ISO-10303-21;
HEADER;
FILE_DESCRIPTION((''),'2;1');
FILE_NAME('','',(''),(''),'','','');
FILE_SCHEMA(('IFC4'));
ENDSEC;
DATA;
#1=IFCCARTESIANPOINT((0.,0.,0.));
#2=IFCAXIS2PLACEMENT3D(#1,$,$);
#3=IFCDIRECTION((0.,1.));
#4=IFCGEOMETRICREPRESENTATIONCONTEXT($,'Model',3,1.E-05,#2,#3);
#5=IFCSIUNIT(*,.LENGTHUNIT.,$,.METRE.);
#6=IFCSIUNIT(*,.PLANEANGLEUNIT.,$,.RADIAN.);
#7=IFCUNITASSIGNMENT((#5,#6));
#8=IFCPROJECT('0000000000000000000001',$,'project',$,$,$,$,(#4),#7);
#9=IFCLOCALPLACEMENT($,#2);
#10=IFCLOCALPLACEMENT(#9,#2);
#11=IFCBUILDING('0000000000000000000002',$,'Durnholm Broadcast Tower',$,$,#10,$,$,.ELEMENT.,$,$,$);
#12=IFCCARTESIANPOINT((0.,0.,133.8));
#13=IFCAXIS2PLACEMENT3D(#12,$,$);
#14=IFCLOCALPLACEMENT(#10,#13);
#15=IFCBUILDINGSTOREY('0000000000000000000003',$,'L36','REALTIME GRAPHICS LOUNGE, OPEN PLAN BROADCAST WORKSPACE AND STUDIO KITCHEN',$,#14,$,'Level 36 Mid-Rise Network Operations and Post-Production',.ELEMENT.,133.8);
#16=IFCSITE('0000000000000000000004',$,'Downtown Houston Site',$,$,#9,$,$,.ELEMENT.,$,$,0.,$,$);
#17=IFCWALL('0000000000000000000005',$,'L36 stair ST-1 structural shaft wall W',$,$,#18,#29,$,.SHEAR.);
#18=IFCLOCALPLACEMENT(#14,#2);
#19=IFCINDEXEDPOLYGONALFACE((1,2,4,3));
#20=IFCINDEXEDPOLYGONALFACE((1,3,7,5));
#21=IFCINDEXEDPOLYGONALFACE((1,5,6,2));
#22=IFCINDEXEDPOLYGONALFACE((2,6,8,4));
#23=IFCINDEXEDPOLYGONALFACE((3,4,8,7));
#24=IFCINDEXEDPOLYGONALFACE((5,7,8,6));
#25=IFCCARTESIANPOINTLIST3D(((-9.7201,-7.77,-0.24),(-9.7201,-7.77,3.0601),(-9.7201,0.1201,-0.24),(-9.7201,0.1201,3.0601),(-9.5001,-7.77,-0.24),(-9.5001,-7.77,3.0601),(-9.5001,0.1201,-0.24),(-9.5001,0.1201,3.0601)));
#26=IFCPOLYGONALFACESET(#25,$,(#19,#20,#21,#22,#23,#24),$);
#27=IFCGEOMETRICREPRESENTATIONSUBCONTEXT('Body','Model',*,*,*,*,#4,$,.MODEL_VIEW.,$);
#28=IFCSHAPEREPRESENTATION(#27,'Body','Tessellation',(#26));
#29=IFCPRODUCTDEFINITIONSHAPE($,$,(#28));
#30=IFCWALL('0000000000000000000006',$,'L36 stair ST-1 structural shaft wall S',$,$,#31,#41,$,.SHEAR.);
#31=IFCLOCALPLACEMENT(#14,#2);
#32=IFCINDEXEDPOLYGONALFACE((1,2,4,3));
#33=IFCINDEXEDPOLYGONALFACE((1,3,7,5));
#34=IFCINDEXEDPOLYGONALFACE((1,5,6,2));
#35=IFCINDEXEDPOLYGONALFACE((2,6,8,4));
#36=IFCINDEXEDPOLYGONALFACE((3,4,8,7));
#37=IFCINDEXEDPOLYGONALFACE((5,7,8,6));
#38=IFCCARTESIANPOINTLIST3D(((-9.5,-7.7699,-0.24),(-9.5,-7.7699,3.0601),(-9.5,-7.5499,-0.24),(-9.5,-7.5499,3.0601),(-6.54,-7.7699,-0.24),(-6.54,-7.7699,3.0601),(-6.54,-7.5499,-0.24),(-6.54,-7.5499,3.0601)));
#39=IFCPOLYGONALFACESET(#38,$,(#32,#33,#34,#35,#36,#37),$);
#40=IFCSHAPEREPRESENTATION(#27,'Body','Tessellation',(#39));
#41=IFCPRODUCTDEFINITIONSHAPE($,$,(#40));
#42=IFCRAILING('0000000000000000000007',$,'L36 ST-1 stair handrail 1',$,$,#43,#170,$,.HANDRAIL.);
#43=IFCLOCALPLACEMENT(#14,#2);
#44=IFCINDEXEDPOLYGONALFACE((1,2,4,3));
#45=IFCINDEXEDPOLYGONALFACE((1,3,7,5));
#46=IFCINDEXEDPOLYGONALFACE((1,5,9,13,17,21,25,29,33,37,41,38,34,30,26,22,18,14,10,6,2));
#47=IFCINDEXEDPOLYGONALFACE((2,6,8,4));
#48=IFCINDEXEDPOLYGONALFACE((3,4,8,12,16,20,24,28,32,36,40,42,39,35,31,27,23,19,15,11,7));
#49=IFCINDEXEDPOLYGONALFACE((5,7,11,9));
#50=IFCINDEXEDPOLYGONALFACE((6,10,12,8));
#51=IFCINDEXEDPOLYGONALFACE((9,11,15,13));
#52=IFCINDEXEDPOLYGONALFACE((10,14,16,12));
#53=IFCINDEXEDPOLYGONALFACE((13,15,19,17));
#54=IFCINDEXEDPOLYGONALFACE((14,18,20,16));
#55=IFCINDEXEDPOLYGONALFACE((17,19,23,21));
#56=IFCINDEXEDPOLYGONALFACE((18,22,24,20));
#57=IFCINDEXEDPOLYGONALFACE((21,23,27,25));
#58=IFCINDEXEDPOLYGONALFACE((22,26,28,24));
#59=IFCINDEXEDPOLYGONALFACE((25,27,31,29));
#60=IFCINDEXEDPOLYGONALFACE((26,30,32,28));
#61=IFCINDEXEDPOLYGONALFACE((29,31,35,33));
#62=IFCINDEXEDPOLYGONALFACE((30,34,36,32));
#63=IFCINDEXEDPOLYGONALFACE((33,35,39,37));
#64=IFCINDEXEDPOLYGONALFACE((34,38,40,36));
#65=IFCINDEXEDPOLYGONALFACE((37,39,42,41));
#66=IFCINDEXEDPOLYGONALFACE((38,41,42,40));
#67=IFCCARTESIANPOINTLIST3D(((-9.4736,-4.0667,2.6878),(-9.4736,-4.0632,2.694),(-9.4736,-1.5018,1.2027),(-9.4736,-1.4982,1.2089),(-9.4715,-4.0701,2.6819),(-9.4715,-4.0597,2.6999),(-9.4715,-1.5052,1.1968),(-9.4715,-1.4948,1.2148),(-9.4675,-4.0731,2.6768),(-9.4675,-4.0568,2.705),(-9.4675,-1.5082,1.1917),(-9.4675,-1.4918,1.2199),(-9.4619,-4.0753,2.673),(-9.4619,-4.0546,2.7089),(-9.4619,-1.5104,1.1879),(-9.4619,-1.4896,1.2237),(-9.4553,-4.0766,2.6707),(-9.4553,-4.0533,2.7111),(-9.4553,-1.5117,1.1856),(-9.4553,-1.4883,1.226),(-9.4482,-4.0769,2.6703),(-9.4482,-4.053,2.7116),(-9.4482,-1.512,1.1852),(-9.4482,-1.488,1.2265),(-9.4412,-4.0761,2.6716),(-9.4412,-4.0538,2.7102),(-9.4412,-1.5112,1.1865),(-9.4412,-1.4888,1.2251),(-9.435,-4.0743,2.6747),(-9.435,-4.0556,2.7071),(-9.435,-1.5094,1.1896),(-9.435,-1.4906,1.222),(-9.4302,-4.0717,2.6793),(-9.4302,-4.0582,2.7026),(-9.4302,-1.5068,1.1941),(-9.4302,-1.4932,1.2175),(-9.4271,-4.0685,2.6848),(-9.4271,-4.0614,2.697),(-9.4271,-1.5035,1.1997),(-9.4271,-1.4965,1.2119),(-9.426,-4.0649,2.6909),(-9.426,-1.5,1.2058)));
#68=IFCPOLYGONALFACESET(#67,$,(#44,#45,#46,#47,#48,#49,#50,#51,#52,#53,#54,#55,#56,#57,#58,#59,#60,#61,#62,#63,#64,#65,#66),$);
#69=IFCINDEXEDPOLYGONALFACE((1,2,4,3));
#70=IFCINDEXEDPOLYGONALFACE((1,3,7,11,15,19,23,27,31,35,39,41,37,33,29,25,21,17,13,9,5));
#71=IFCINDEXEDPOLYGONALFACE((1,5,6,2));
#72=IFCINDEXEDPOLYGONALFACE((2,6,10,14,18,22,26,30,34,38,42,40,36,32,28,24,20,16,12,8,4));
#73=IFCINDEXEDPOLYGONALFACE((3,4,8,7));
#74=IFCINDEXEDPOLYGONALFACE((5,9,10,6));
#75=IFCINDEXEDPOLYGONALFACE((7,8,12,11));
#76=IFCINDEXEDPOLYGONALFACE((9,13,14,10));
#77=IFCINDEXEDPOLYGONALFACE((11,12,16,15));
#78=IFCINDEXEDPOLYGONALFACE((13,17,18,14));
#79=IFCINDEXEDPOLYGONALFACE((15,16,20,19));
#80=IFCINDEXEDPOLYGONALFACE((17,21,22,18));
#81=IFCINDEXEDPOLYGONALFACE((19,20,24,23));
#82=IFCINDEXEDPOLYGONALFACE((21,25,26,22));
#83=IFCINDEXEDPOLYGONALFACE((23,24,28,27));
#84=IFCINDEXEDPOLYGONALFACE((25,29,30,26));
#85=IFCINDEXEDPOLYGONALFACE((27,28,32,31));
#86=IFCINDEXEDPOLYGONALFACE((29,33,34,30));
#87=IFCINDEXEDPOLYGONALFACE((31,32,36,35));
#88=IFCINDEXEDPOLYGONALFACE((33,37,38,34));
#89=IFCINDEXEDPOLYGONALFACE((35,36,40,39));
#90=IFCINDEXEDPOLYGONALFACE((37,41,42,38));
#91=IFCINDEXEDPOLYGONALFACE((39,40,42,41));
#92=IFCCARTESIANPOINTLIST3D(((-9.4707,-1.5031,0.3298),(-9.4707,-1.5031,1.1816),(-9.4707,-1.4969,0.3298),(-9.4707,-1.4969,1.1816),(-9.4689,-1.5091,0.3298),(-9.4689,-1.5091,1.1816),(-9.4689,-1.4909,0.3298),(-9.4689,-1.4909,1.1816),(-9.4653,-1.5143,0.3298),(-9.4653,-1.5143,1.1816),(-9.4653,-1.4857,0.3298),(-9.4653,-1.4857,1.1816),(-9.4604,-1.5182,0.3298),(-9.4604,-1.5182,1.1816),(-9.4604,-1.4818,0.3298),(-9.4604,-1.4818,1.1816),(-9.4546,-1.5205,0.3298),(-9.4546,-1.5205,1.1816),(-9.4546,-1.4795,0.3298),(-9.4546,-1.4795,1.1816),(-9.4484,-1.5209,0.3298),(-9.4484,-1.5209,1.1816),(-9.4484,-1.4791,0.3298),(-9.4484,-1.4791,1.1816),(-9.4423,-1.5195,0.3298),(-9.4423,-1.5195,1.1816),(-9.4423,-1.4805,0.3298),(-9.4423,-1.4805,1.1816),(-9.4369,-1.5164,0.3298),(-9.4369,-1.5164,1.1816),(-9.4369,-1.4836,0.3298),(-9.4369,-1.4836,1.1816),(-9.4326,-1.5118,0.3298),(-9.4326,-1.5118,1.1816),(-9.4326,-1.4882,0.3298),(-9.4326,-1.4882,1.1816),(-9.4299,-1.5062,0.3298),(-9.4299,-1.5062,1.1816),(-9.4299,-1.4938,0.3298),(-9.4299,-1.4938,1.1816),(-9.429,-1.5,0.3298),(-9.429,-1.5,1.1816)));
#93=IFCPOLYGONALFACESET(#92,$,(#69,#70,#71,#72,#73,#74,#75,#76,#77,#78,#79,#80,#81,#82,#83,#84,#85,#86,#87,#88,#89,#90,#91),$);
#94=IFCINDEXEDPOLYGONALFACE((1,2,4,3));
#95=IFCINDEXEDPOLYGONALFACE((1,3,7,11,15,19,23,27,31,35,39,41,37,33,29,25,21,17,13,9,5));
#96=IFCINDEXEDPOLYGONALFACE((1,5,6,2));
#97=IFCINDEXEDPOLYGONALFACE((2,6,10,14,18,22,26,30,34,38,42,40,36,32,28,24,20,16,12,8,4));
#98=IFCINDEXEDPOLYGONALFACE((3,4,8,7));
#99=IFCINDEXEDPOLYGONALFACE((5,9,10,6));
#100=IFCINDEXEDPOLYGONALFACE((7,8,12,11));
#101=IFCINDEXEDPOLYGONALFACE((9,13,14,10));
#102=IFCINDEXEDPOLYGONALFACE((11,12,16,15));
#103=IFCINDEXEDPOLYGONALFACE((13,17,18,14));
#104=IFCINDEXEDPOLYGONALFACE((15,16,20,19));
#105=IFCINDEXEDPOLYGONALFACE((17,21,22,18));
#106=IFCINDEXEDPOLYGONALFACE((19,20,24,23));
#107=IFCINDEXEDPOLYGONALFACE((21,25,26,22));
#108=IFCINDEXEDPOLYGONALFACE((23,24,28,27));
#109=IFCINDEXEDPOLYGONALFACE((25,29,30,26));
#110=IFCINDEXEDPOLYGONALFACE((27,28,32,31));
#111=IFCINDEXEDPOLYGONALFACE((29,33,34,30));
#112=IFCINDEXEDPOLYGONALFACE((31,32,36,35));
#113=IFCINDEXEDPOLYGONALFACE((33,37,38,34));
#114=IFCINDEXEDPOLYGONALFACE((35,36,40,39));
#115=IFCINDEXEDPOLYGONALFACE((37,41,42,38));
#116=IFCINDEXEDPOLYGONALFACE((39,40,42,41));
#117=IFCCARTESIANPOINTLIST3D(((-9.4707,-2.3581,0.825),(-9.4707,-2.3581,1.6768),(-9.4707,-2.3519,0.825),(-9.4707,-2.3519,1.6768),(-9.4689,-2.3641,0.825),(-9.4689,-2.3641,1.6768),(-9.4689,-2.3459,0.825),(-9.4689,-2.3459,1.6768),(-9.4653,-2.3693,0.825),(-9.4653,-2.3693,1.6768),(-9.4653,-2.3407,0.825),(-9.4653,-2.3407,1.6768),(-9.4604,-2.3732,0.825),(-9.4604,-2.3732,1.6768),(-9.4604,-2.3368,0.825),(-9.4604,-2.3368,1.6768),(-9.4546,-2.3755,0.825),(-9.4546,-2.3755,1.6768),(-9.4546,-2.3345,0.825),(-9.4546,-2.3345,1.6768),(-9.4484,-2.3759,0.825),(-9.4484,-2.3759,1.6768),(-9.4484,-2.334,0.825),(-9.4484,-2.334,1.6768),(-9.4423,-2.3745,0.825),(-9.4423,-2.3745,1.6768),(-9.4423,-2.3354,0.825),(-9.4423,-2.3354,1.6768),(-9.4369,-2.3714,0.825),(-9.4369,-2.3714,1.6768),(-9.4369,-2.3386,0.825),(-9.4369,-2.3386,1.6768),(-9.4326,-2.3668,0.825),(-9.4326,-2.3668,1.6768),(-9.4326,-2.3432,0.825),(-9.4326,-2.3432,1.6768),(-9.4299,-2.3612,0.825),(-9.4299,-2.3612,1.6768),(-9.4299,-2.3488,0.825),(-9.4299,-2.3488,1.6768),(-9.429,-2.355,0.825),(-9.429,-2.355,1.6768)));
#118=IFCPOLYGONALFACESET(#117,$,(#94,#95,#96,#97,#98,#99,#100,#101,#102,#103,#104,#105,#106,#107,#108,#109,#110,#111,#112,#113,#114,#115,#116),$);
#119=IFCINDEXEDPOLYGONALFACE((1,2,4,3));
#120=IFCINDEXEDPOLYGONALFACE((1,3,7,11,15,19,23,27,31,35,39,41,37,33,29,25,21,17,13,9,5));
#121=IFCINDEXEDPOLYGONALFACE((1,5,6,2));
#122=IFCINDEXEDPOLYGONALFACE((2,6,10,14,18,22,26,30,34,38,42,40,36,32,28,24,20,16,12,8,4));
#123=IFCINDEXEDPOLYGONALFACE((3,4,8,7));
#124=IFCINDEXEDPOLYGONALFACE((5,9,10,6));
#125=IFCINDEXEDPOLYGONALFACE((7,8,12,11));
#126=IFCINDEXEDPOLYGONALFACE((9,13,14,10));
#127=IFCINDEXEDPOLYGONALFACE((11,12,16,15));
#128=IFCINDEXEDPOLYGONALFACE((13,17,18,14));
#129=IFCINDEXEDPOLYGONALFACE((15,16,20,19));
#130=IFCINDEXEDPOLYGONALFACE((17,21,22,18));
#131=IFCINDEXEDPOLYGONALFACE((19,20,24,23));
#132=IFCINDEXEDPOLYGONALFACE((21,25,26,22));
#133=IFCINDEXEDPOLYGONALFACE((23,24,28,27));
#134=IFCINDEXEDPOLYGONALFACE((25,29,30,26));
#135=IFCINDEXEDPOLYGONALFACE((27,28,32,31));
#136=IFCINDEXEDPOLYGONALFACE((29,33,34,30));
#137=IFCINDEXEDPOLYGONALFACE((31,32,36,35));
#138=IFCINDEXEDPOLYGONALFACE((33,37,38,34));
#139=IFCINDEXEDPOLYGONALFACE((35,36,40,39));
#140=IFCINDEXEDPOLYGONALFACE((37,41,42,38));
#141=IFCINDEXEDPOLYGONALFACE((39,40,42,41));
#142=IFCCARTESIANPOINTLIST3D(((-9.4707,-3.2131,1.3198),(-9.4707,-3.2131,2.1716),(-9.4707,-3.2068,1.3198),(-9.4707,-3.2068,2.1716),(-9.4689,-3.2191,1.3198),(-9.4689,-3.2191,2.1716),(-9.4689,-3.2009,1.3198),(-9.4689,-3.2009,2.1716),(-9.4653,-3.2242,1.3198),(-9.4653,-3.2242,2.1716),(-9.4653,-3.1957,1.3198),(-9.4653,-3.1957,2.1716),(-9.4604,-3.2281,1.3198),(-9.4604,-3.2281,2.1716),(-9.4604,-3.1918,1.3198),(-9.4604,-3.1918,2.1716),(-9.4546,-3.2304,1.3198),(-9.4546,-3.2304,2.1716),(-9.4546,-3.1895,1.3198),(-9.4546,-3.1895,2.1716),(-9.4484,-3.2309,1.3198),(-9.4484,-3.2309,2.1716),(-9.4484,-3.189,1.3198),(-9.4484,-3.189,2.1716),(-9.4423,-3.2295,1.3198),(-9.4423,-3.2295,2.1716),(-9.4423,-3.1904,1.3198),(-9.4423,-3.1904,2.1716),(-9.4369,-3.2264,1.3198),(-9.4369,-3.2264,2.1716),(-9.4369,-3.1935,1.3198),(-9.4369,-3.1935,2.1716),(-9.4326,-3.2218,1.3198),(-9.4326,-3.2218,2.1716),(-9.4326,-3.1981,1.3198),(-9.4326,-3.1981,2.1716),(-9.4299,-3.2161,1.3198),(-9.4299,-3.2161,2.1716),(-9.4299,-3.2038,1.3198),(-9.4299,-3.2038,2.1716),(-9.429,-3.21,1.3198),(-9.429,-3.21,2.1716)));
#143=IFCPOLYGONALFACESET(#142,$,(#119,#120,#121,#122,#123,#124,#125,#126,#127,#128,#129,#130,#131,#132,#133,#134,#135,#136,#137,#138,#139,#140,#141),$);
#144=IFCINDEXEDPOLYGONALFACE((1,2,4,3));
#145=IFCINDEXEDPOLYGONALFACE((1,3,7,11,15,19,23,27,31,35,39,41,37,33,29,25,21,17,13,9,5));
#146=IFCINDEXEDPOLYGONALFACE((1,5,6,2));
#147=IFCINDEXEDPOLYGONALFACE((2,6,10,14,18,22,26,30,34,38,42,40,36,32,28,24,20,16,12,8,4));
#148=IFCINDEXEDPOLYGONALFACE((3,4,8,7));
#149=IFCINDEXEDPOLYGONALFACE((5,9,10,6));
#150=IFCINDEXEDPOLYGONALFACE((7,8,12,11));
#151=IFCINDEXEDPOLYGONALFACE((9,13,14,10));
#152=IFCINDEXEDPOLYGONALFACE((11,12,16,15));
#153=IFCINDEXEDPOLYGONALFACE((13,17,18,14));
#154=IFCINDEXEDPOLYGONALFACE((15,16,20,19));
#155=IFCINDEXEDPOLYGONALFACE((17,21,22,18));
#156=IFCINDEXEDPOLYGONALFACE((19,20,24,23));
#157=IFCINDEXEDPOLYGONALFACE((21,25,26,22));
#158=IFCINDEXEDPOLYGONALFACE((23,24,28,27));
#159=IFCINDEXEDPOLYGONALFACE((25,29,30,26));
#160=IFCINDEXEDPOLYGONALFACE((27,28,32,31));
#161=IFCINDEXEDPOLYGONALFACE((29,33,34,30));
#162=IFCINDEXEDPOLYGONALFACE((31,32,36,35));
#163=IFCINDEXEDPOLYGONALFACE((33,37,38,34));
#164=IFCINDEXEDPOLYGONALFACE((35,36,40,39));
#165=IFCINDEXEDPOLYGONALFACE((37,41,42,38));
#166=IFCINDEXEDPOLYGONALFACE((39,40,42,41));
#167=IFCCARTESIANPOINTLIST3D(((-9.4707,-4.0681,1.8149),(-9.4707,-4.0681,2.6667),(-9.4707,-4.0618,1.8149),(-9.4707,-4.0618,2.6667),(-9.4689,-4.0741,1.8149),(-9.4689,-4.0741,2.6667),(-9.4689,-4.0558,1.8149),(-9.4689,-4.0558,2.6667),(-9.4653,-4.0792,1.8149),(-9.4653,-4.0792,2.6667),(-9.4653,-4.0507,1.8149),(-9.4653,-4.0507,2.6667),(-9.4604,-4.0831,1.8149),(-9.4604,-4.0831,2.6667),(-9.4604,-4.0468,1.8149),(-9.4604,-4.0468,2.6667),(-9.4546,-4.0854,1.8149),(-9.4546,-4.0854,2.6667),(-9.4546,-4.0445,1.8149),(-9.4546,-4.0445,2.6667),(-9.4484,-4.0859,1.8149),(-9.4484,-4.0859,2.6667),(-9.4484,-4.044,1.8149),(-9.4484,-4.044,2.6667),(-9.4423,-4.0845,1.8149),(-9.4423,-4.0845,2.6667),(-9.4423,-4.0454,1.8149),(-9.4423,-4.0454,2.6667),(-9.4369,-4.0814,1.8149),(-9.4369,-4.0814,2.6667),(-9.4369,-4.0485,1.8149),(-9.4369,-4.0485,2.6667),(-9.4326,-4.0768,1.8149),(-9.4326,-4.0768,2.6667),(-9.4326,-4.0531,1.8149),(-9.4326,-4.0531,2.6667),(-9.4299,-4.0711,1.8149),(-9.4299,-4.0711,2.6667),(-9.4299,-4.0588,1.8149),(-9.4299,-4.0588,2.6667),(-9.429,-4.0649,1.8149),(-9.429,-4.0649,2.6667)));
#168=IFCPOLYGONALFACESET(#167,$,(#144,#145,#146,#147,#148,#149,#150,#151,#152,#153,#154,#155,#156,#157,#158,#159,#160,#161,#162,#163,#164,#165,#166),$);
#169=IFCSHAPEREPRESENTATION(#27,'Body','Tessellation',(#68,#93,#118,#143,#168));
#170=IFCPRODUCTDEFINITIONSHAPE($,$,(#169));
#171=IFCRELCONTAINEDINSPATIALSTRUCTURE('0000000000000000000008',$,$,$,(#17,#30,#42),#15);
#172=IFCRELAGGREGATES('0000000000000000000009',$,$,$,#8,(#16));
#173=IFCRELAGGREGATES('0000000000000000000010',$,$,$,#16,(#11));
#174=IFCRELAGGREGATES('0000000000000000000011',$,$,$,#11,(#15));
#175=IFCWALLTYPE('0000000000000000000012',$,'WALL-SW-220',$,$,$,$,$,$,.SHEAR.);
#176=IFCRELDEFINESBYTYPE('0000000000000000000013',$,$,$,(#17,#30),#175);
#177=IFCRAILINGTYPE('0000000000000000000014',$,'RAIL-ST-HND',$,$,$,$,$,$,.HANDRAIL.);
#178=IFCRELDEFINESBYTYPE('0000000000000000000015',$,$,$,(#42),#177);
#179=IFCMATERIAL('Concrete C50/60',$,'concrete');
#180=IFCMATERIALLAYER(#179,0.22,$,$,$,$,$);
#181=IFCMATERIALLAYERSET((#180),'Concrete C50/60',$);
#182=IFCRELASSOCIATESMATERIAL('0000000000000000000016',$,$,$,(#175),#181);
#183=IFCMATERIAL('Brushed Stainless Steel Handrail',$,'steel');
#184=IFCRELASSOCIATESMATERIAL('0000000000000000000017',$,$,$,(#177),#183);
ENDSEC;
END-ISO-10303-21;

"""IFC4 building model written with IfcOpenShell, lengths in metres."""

from ifc_helpers import new_model, si_unit, direction, frame, frame_2d, origin, origin_2d, place, context, subcontext, project, spatial, rectangle, circle, extrude, material, layer, layer_set, type_object, element, save


model = new_model("IFC4")

# Units and contexts
model_context = context("Model", 3, precision=1e-05, world=origin(), true_north=direction((0.0, 1.0)))
body_context = subcontext(model_context, "Body", "Model", "MODEL_VIEW")
ifc_project = project(units=[si_unit("LENGTHUNIT", "METRE"), si_unit("PLANEANGLEUNIT", "RADIAN")], contexts=[model_context])

# Site, building, storey
site_placement = place(None, origin())
site = spatial("IfcSite", under=ifc_project, at=site_placement, Name="Downtown Houston Site", CompositionType="ELEMENT", RefElevation=0.0)
building_placement = place(site_placement, origin())
building = spatial("IfcBuilding", under=site, at=building_placement, Name="Durnholm Broadcast Tower", CompositionType="ELEMENT")
storey_placement = place(building_placement, frame((0.0, 0.0, 133.8)))
storey = spatial("IfcBuildingStorey", under=building, at=storey_placement, Name="L36", Description="REALTIME GRAPHICS LOUNGE, OPEN PLAN BROADCAST WORKSPACE AND STUDIO KITCHEN", LongName="Level 36 Mid-Rise Network Operations and Post-Production", CompositionType="ELEMENT", Elevation=133.8)

# Walls
ifc_material_1 = material(Name="Concrete C50/60", Category="concrete")
ifc_layer_1 = layer(ifc_material_1, 0.22)
ifc_layer_set_1 = layer_set([ifc_layer_1], Name="Concrete C50/60")
wall_type_1 = type_object("IfcWallType", Name="WALL-SW-220", PredefinedType="SHEAR", material=ifc_layer_set_1)
wall_1_placement = place(storey_placement, frame((-9.6101, 0.1201, -0.24), z_axis=(0.0, 0.0, 1.0), x_axis=(0.0, -1.0, 0.0)))
element("IfcWall", 1, at=wall_1_placement, inside=storey, type_object=wall_type_1, Name="L36 stair ST-1 structural shaft wall W", PredefinedType="SHEAR", context=body_context, shape_type="SweptSolid", body=[
    extrude(rectangle(XDim=7.8901, YDim=0.22, at=frame_2d((3.9451, 0.0))), origin(), (0.0, 0.0, 1.0), 3.3),
])
wall_2_placement = place(storey_placement, frame((-9.5, -7.6599, -0.24), z_axis=(0.0, 0.0, 1.0), x_axis=(1.0, 0.0, 0.0)))
element("IfcWall", 2, at=wall_2_placement, inside=storey, type_object=wall_type_1, Name="L36 stair ST-1 structural shaft wall S", PredefinedType="SHEAR", context=body_context, shape_type="SweptSolid", body=[
    extrude(rectangle(XDim=2.96, YDim=0.22, at=frame_2d((1.48, 0.0))), origin(), (0.0, 0.0, 1.0), 3.3),
])

# Railing
ifc_material_2 = material(Name="Brushed Stainless Steel Handrail", Category="steel")
railing_type = type_object("IfcRailingType", Name="RAIL-ST-HND", PredefinedType="HANDRAIL", material=ifc_material_2)
railing_placement = place(storey_placement, frame((-9.45, -1.5, 0.3298)))
element("IfcRailing", 3, at=railing_placement, inside=storey, type_object=railing_type, Name="L36 ST-1 stair handrail 1", PredefinedType="HANDRAIL", context=body_context, shape_type="SweptSolid", body=[
    extrude(circle(Radius=0.0239, at=origin_2d()), frame((0.0, 0.0, 0.876), z_axis=(0.0, -0.865406, 0.501072), x_axis=(1.0, 0.0, 0.0)), (0.0, 0.0, 1.0), 2.9639),
    extrude(circle(Radius=0.021, at=origin_2d()), origin(), (0.0, 0.0, 1.0), 0.8518),
    extrude(circle(Radius=0.021, at=origin_2d()), frame((0.0, -0.855, 0.4951)), (0.0, 0.0, 1.0), 0.8518),
    extrude(circle(Radius=0.021, at=origin_2d()), frame((0.0, -1.71, 0.99)), (0.0, 0.0, 1.0), 0.8518),
    extrude(circle(Radius=0.021, at=origin_2d()), frame((0.0, -2.5649, 1.4851)), (0.0, 0.0, 1.0), 0.8518),
])

save(model, "model.ifc")
